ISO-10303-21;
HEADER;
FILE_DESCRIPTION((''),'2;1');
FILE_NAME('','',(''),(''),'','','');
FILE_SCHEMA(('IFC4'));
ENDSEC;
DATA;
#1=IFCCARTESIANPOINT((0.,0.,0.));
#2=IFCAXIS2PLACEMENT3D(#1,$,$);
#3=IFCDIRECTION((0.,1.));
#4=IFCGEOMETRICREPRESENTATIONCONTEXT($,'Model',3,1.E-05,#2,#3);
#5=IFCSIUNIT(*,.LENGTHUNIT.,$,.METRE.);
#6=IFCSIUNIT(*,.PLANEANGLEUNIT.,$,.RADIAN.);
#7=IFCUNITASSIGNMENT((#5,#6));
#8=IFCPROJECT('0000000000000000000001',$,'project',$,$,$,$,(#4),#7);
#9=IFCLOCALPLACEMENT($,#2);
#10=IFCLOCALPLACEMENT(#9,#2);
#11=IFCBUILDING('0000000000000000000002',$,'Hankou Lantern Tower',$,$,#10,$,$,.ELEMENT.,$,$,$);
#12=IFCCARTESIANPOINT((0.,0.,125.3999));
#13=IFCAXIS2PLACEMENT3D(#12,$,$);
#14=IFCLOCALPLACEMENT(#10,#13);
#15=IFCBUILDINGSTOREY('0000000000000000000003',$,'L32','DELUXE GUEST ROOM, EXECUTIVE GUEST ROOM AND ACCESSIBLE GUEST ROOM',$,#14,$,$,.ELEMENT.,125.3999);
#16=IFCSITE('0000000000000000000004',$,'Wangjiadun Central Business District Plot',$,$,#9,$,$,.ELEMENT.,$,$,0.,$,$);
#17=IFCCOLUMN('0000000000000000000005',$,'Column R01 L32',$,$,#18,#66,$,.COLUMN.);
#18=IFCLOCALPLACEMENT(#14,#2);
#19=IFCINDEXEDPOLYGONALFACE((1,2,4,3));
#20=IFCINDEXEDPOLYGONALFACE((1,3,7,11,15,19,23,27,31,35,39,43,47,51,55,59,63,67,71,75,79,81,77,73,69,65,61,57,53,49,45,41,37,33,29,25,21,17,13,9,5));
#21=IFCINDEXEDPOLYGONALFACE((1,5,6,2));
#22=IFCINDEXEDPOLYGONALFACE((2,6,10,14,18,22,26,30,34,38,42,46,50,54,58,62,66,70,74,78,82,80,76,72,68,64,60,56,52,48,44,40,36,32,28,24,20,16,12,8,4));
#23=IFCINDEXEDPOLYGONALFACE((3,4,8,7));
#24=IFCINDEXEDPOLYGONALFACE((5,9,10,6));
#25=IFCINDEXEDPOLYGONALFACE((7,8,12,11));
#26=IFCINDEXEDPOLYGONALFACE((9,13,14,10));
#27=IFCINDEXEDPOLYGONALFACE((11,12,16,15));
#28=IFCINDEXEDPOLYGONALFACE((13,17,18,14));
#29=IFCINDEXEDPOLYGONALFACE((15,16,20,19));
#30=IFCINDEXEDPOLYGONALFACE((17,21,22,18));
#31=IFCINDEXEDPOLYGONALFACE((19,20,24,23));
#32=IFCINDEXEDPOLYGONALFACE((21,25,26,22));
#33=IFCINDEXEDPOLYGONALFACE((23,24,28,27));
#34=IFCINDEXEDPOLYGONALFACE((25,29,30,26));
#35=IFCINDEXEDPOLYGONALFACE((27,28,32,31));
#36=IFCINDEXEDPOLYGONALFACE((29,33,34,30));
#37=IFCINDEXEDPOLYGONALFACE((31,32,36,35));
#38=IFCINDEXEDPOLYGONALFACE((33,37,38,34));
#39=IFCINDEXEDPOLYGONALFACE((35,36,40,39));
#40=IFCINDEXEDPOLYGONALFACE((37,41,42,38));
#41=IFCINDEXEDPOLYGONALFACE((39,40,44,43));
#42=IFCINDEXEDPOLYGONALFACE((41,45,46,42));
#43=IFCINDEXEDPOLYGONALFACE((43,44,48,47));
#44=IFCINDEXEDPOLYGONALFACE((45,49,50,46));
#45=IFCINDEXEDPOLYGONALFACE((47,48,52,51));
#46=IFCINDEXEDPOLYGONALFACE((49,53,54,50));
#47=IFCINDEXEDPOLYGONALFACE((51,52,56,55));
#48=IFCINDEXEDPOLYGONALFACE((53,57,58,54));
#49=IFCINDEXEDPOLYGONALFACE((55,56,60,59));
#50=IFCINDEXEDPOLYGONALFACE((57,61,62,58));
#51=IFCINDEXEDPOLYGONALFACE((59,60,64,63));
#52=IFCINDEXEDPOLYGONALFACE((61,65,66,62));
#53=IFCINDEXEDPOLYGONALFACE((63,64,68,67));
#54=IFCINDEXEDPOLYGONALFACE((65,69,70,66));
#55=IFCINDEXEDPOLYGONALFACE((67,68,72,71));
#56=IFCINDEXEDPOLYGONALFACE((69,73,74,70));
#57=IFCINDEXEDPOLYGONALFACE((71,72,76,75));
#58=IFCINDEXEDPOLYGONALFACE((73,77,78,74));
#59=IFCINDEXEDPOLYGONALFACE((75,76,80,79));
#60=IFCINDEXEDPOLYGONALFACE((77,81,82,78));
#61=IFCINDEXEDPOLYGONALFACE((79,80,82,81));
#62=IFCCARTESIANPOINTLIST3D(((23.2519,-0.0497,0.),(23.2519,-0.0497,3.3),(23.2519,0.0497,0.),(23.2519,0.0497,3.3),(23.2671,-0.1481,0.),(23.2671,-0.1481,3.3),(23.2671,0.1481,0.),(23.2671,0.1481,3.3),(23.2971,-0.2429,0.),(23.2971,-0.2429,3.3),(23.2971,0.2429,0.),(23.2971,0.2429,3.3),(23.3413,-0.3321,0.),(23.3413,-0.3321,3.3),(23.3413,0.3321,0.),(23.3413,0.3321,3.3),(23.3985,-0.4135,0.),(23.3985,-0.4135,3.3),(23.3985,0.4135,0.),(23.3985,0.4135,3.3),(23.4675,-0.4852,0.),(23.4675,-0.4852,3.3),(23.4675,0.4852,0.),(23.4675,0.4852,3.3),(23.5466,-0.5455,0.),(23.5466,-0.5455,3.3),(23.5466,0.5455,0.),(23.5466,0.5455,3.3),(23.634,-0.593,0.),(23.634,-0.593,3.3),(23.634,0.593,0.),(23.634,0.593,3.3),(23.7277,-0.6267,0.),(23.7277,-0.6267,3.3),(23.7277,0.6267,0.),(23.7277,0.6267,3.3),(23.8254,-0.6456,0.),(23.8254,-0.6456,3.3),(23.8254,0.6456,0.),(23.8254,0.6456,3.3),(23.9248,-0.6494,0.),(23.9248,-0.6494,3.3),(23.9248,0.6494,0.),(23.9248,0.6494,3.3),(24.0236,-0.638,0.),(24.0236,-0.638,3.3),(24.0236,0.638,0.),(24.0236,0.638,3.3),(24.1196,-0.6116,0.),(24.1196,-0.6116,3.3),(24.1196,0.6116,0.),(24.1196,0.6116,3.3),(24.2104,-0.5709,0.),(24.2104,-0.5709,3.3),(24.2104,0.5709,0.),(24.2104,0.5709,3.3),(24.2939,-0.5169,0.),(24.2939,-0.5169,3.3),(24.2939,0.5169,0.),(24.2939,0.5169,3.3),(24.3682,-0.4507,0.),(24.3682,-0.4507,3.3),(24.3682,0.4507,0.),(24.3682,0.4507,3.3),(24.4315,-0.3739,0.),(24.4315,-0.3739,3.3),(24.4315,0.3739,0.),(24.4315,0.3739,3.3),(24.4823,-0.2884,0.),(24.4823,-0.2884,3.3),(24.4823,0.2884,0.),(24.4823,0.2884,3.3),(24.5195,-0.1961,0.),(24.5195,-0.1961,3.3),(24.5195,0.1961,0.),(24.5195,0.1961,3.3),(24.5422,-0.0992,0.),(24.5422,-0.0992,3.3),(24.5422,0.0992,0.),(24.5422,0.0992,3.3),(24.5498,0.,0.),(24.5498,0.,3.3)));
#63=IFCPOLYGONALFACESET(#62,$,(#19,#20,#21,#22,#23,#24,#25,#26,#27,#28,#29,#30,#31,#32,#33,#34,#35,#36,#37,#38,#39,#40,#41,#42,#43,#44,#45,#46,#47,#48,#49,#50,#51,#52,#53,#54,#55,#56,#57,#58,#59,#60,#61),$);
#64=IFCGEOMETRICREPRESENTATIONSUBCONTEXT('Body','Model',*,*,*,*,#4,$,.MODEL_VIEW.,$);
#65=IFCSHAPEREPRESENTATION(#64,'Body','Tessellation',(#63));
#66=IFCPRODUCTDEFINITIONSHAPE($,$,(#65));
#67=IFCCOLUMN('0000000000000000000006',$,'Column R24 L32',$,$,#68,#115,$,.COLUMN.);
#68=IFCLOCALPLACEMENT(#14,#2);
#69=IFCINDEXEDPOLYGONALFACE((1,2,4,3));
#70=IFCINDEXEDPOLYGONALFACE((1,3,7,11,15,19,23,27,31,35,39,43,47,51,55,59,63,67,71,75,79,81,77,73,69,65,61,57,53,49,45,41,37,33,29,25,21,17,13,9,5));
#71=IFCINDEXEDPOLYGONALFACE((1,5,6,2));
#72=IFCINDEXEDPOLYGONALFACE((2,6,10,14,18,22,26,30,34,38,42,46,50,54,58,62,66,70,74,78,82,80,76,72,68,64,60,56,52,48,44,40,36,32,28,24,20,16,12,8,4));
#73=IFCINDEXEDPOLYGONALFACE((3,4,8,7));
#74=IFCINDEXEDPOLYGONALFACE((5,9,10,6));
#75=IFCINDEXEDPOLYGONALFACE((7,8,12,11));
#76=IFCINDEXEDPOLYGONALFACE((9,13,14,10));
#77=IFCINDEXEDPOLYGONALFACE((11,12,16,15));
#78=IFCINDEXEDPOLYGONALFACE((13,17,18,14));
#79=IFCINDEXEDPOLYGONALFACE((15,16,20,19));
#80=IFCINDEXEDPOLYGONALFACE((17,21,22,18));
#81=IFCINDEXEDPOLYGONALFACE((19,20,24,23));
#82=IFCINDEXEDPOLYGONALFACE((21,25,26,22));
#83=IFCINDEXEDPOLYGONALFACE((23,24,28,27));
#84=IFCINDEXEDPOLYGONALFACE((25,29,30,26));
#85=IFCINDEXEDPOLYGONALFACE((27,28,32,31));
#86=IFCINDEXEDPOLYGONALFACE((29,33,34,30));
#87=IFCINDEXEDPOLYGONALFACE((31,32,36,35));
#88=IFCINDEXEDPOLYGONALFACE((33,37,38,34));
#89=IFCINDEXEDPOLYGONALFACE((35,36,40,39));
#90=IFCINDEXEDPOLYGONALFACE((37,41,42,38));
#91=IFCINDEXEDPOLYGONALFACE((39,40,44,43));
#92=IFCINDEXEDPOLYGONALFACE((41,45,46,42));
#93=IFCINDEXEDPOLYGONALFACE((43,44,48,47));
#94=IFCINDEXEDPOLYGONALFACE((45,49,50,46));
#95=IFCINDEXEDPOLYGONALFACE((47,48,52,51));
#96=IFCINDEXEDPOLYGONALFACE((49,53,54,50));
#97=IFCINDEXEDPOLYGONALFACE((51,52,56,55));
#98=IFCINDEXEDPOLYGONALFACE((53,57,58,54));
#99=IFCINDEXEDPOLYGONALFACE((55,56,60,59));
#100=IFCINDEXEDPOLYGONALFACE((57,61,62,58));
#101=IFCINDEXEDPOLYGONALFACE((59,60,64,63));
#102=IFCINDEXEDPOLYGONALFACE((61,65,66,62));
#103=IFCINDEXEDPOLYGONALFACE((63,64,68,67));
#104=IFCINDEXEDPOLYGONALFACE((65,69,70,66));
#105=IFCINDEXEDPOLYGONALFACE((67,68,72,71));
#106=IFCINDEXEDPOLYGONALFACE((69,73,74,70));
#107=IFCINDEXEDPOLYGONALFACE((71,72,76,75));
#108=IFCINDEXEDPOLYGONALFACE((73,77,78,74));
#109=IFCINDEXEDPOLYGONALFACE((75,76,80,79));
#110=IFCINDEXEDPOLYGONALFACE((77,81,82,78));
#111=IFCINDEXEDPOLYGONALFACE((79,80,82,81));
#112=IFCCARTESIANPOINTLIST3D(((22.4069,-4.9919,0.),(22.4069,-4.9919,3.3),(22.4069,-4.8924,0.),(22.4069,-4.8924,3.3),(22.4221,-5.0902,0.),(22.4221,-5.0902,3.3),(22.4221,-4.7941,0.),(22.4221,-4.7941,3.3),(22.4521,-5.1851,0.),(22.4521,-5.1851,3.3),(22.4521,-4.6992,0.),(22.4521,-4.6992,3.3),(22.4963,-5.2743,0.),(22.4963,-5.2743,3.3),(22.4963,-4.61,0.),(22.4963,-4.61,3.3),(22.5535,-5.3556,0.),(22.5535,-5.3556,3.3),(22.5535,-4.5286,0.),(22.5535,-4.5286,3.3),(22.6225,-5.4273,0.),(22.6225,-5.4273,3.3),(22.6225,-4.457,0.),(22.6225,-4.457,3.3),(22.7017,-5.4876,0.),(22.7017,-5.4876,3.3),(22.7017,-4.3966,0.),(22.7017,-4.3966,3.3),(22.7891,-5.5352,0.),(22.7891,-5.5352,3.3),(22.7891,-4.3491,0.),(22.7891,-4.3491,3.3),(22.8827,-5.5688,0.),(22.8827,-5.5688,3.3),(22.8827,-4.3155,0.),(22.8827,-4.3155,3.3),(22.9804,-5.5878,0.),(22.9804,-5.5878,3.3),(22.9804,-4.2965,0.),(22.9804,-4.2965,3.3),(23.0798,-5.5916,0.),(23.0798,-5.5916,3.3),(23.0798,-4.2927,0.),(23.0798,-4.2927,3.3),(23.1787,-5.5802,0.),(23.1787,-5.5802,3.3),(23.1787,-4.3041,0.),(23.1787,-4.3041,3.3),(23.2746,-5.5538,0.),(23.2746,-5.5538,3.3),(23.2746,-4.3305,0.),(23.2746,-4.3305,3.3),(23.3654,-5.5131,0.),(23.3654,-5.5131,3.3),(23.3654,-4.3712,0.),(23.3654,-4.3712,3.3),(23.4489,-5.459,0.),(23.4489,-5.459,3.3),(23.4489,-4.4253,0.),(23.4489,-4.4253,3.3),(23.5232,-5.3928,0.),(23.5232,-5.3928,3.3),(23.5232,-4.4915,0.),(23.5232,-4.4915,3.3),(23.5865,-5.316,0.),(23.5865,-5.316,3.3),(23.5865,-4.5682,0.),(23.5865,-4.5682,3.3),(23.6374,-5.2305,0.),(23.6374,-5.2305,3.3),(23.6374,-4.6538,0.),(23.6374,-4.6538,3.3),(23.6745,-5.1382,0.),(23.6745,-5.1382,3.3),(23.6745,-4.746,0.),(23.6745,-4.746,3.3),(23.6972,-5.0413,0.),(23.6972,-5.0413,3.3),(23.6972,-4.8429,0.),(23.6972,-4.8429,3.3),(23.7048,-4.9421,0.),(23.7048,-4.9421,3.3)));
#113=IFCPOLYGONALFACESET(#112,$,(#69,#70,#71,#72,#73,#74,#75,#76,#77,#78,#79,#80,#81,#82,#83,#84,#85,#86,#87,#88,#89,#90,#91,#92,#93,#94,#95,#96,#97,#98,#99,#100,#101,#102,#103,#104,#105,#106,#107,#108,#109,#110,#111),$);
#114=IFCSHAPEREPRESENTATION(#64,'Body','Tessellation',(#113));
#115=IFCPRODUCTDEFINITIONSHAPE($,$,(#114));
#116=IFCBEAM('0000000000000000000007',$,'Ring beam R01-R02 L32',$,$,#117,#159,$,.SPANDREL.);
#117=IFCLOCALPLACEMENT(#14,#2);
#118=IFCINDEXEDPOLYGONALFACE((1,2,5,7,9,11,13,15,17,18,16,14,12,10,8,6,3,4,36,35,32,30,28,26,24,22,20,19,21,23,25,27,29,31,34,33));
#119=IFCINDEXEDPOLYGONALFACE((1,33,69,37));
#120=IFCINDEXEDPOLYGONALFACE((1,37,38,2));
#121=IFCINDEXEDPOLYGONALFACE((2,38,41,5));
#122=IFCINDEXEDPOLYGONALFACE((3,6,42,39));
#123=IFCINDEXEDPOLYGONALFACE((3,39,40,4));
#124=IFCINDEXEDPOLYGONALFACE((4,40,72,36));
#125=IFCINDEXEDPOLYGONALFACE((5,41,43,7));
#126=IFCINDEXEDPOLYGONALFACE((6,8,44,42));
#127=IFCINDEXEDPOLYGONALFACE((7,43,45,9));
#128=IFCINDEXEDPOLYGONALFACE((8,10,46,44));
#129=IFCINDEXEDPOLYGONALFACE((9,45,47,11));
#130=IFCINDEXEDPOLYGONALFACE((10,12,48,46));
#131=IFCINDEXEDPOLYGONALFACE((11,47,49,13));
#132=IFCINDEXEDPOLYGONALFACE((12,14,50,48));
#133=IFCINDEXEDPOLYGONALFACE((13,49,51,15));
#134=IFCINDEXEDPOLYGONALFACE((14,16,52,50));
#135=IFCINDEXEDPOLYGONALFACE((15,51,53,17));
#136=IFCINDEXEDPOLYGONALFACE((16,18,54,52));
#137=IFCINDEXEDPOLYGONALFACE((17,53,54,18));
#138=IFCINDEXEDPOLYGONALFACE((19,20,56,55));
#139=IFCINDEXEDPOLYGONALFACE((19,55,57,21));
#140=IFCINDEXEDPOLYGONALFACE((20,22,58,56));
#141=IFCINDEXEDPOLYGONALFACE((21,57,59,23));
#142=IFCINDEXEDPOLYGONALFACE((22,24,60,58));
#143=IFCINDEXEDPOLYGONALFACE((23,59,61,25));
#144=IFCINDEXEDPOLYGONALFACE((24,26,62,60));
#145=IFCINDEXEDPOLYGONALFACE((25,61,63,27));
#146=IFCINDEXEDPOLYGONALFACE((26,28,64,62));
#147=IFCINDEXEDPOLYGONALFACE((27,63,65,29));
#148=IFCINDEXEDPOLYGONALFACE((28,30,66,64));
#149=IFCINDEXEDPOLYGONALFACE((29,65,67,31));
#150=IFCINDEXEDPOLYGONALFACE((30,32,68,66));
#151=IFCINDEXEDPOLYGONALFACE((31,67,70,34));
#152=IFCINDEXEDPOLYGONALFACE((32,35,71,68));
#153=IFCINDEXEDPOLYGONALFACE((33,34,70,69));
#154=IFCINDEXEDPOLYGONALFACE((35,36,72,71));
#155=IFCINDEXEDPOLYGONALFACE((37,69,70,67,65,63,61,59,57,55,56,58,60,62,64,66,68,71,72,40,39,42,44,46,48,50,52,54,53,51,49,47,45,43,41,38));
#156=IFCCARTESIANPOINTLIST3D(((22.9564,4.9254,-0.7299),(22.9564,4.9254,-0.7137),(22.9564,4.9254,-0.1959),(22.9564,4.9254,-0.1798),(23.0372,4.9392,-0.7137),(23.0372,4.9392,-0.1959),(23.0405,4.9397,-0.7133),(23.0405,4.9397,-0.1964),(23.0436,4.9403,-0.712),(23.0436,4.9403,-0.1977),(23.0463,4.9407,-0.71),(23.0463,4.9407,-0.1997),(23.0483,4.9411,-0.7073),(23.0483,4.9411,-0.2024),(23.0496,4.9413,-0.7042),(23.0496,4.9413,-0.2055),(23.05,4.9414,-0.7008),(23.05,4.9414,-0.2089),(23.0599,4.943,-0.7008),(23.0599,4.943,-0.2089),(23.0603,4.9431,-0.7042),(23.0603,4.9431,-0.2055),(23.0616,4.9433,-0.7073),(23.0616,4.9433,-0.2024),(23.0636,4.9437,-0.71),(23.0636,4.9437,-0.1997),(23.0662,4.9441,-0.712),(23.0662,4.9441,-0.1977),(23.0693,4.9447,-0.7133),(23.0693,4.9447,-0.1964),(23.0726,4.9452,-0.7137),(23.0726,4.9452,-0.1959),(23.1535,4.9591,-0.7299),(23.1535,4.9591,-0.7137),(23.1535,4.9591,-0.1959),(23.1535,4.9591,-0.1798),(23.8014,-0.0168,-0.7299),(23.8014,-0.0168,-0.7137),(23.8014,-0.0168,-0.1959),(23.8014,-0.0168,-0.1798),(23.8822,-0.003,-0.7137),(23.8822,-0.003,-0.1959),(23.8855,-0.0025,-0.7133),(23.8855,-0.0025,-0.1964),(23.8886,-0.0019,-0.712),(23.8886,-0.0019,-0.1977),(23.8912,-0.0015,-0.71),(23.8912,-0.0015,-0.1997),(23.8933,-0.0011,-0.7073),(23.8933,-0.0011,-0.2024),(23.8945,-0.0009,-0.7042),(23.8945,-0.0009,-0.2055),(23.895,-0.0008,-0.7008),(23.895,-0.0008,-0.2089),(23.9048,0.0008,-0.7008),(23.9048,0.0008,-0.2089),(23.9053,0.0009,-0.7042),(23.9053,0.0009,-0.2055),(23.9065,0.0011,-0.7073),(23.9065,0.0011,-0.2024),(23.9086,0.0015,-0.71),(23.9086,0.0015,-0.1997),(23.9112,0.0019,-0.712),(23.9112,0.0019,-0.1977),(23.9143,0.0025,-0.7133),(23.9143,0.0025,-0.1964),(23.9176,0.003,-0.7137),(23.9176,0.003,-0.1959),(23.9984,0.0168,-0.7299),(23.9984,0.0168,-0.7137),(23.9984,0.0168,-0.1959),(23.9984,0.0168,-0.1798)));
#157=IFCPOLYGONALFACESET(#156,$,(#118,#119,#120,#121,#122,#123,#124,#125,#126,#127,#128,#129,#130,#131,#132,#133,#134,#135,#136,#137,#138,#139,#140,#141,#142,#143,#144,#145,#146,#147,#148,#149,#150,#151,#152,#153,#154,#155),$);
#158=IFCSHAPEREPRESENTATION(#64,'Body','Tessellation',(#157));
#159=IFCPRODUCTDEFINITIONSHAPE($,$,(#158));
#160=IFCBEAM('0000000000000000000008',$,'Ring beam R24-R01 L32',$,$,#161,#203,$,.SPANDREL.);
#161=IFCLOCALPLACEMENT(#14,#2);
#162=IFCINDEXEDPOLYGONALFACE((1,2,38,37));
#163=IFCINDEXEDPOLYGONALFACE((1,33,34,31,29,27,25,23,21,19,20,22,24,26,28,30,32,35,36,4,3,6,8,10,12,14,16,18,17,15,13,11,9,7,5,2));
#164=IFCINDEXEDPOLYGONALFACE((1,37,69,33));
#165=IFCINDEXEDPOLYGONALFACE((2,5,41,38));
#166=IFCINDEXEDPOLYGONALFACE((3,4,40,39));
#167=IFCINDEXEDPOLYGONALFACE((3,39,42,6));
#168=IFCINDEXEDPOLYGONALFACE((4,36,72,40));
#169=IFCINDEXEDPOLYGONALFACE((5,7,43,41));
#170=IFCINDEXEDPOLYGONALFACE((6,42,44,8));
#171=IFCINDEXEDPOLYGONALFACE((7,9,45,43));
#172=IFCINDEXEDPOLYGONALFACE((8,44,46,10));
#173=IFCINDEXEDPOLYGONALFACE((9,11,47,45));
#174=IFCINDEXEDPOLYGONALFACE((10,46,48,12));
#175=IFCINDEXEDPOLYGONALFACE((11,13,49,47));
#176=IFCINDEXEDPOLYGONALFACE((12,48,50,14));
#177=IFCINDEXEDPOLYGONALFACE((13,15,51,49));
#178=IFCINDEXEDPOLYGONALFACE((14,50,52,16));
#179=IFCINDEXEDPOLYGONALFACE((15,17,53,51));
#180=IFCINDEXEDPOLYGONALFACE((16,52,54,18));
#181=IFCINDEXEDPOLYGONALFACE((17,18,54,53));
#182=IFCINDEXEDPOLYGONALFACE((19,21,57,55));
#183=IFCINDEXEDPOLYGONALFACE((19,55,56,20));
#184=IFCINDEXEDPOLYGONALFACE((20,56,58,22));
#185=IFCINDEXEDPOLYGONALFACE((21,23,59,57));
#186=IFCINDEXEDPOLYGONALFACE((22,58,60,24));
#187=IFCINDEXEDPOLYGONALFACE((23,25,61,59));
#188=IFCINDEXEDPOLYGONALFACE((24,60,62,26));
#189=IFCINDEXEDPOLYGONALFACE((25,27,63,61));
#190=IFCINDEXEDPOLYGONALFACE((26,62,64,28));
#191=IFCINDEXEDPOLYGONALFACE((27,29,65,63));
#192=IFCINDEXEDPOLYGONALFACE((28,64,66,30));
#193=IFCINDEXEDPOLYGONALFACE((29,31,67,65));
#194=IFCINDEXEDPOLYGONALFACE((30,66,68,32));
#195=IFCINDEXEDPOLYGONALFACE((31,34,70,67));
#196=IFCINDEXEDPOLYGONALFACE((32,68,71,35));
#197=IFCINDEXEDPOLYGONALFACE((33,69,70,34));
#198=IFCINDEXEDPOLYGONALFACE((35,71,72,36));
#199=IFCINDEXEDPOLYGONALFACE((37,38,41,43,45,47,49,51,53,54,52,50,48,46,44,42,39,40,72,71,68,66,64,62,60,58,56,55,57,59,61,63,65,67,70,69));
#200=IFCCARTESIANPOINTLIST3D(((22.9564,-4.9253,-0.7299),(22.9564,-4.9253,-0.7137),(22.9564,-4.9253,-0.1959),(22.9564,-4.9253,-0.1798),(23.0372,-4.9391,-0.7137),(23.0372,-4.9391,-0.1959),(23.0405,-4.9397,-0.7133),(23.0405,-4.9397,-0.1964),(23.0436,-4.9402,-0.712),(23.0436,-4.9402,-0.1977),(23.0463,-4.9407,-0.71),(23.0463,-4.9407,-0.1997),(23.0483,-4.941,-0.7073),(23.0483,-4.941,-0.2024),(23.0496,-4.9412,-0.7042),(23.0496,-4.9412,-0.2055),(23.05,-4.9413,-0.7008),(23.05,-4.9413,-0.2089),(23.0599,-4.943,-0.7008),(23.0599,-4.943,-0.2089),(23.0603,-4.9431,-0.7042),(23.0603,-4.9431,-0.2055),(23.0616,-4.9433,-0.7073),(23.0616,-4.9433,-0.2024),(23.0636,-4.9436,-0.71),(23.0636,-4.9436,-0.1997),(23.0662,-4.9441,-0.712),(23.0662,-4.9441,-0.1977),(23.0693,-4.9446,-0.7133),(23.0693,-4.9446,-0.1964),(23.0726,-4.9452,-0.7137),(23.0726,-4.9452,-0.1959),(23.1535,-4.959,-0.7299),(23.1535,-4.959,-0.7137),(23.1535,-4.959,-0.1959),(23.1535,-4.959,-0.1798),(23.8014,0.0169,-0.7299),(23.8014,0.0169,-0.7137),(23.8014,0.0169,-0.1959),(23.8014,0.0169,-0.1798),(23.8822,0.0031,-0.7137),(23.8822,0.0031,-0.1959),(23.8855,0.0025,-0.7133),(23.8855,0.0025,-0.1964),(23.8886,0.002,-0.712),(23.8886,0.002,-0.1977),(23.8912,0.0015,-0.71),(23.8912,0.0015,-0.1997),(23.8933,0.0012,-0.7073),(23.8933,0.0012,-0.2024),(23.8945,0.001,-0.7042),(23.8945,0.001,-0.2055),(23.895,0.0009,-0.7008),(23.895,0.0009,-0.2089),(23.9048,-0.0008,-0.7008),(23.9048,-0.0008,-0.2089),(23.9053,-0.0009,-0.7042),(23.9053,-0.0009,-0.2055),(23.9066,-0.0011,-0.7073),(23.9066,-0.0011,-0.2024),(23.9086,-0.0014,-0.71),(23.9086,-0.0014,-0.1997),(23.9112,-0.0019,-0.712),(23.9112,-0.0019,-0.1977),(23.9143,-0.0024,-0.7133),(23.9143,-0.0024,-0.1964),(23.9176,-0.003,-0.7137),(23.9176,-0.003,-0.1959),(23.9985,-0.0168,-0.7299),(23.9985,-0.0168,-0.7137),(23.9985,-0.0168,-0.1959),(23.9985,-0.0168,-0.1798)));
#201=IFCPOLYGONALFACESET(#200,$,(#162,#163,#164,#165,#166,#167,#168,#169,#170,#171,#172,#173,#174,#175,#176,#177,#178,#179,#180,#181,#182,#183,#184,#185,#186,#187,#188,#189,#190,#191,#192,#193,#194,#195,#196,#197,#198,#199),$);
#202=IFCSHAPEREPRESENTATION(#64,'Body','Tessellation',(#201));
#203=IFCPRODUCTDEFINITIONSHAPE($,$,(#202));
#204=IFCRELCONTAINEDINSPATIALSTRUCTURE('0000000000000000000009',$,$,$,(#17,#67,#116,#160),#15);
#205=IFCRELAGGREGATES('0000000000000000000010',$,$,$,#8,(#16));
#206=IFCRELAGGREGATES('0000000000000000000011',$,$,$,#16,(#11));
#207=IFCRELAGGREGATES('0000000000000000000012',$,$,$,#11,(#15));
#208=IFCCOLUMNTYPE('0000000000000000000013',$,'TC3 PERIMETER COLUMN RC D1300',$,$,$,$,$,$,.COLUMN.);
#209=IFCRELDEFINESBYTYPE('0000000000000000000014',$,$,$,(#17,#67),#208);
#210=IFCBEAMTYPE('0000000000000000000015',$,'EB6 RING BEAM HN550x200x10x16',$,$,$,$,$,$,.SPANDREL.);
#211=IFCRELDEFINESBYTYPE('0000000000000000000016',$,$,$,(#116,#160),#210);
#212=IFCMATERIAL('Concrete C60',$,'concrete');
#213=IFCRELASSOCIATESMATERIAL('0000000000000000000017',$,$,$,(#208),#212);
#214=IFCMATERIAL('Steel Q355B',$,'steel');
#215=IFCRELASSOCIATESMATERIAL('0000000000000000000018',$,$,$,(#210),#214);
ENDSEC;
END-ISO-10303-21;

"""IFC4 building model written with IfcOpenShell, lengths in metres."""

from ifc_helpers import new_model, si_unit, direction, frame, origin, origin_2d, place, context, subcontext, project, spatial, circle, i_section, extrude, material, material_profile, profile_set, type_object, element, save


model = new_model("IFC4")

# Units and contexts
model_context = context("Model", 3, precision=1e-05, world=origin(), true_north=direction((0.0, 1.0)))
body_context = subcontext(model_context, "Body", "Model", "MODEL_VIEW")
ifc_project = project(units=[si_unit("LENGTHUNIT", "METRE"), si_unit("PLANEANGLEUNIT", "RADIAN")], contexts=[model_context])

# Site, building, storey
site_placement = place(None, origin())
site = spatial("IfcSite", under=ifc_project, at=site_placement, Name="Wangjiadun Central Business District Plot", CompositionType="ELEMENT", RefElevation=0.0)
building_placement = place(site_placement, origin())
building = spatial("IfcBuilding", under=site, at=building_placement, Name="Hankou Lantern Tower", CompositionType="ELEMENT")
storey_placement = place(building_placement, frame((0.0, 0.0, 125.3999)))
storey = spatial("IfcBuildingStorey", under=building, at=storey_placement, Name="L32", Description="DELUXE GUEST ROOM, EXECUTIVE GUEST ROOM AND ACCESSIBLE GUEST ROOM", CompositionType="ELEMENT", Elevation=125.3999)

# Columns
ifc_material_1 = material(Name="Concrete C60", Category="concrete")
ifc_material_profile_1 = material_profile(ifc_material_1, circle(Radius=0.6499, at=origin_2d()), Name="RC D1300")
ifc_profile_set_1 = profile_set([ifc_material_profile_1], Name="Concrete C60")
column_type = type_object("IfcColumnType", Name="TC3 PERIMETER COLUMN RC D1300", PredefinedType="COLUMN", material=ifc_profile_set_1)
for number, where, z_axis, x_axis, name in (
    (1, (23.8999, 0.0, 0.0), (0.0, 0.0, 1.0), (1.0, 0.0, 0.0), "Column R01 L32"),
    (2, (23.0549, -4.9421, 0.0), (0.0, 0.0, 1.0), (1.0, 0.0, 0.0), "Column R24 L32"),
):
    element("IfcColumn", number, at=place(storey_placement, frame(where, z_axis=z_axis, x_axis=x_axis)), inside=storey, type_object=column_type, Name=name, PredefinedType="COLUMN", context=body_context, shape_type="SweptSolid", body=[
        extrude(circle(Radius=0.6499, at=origin_2d()), origin(), (0.0, 0.0, 1.0), 3.3),
    ])

# Beams
ifc_material_2 = material(Name="Steel Q355B", Category="steel")
ifc_material_profile_2 = material_profile(ifc_material_2, i_section(OverallWidth=0.2, OverallDepth=0.55, WebThickness=0.01, FlangeThickness=0.0161, FilletRadius=0.0129, at=origin_2d()), Name="HN550x200x10x16")
ifc_profile_set_2 = profile_set([ifc_material_profile_2], Name="Steel Q355B")
beam_type_1 = type_object("IfcBeamType", Name="EB6 RING BEAM HN550x200x10x16", PredefinedType="SPANDREL", material=ifc_profile_set_2)
for number, where, z_axis, x_axis, name in (
    (3, (23.8999, 0.0, -0.4548), (-0.168527, 0.985697, 0.0), (-0.985697, -0.168527, 0.0), "Ring beam R01-R02 L32"),
    (4, (23.0549, -4.9421, -0.4548), (0.168527, 0.985697, 0.0), (-0.985697, 0.168527, 0.0), "Ring beam R24-R01 L32"),
):
    element("IfcBeam", number, at=place(storey_placement, frame(where, z_axis=z_axis, x_axis=x_axis)), inside=storey, type_object=beam_type_1, Name=name, PredefinedType="SPANDREL", context=body_context, shape_type="SweptSolid", body=[
        extrude(i_section(OverallWidth=0.2, OverallDepth=0.55, WebThickness=0.01, FlangeThickness=0.0161, FilletRadius=0.0129, at=origin_2d()), origin(), (0.0, 0.0, 1.0), 5.0139),
    ])

save(model, "model.ifc")
